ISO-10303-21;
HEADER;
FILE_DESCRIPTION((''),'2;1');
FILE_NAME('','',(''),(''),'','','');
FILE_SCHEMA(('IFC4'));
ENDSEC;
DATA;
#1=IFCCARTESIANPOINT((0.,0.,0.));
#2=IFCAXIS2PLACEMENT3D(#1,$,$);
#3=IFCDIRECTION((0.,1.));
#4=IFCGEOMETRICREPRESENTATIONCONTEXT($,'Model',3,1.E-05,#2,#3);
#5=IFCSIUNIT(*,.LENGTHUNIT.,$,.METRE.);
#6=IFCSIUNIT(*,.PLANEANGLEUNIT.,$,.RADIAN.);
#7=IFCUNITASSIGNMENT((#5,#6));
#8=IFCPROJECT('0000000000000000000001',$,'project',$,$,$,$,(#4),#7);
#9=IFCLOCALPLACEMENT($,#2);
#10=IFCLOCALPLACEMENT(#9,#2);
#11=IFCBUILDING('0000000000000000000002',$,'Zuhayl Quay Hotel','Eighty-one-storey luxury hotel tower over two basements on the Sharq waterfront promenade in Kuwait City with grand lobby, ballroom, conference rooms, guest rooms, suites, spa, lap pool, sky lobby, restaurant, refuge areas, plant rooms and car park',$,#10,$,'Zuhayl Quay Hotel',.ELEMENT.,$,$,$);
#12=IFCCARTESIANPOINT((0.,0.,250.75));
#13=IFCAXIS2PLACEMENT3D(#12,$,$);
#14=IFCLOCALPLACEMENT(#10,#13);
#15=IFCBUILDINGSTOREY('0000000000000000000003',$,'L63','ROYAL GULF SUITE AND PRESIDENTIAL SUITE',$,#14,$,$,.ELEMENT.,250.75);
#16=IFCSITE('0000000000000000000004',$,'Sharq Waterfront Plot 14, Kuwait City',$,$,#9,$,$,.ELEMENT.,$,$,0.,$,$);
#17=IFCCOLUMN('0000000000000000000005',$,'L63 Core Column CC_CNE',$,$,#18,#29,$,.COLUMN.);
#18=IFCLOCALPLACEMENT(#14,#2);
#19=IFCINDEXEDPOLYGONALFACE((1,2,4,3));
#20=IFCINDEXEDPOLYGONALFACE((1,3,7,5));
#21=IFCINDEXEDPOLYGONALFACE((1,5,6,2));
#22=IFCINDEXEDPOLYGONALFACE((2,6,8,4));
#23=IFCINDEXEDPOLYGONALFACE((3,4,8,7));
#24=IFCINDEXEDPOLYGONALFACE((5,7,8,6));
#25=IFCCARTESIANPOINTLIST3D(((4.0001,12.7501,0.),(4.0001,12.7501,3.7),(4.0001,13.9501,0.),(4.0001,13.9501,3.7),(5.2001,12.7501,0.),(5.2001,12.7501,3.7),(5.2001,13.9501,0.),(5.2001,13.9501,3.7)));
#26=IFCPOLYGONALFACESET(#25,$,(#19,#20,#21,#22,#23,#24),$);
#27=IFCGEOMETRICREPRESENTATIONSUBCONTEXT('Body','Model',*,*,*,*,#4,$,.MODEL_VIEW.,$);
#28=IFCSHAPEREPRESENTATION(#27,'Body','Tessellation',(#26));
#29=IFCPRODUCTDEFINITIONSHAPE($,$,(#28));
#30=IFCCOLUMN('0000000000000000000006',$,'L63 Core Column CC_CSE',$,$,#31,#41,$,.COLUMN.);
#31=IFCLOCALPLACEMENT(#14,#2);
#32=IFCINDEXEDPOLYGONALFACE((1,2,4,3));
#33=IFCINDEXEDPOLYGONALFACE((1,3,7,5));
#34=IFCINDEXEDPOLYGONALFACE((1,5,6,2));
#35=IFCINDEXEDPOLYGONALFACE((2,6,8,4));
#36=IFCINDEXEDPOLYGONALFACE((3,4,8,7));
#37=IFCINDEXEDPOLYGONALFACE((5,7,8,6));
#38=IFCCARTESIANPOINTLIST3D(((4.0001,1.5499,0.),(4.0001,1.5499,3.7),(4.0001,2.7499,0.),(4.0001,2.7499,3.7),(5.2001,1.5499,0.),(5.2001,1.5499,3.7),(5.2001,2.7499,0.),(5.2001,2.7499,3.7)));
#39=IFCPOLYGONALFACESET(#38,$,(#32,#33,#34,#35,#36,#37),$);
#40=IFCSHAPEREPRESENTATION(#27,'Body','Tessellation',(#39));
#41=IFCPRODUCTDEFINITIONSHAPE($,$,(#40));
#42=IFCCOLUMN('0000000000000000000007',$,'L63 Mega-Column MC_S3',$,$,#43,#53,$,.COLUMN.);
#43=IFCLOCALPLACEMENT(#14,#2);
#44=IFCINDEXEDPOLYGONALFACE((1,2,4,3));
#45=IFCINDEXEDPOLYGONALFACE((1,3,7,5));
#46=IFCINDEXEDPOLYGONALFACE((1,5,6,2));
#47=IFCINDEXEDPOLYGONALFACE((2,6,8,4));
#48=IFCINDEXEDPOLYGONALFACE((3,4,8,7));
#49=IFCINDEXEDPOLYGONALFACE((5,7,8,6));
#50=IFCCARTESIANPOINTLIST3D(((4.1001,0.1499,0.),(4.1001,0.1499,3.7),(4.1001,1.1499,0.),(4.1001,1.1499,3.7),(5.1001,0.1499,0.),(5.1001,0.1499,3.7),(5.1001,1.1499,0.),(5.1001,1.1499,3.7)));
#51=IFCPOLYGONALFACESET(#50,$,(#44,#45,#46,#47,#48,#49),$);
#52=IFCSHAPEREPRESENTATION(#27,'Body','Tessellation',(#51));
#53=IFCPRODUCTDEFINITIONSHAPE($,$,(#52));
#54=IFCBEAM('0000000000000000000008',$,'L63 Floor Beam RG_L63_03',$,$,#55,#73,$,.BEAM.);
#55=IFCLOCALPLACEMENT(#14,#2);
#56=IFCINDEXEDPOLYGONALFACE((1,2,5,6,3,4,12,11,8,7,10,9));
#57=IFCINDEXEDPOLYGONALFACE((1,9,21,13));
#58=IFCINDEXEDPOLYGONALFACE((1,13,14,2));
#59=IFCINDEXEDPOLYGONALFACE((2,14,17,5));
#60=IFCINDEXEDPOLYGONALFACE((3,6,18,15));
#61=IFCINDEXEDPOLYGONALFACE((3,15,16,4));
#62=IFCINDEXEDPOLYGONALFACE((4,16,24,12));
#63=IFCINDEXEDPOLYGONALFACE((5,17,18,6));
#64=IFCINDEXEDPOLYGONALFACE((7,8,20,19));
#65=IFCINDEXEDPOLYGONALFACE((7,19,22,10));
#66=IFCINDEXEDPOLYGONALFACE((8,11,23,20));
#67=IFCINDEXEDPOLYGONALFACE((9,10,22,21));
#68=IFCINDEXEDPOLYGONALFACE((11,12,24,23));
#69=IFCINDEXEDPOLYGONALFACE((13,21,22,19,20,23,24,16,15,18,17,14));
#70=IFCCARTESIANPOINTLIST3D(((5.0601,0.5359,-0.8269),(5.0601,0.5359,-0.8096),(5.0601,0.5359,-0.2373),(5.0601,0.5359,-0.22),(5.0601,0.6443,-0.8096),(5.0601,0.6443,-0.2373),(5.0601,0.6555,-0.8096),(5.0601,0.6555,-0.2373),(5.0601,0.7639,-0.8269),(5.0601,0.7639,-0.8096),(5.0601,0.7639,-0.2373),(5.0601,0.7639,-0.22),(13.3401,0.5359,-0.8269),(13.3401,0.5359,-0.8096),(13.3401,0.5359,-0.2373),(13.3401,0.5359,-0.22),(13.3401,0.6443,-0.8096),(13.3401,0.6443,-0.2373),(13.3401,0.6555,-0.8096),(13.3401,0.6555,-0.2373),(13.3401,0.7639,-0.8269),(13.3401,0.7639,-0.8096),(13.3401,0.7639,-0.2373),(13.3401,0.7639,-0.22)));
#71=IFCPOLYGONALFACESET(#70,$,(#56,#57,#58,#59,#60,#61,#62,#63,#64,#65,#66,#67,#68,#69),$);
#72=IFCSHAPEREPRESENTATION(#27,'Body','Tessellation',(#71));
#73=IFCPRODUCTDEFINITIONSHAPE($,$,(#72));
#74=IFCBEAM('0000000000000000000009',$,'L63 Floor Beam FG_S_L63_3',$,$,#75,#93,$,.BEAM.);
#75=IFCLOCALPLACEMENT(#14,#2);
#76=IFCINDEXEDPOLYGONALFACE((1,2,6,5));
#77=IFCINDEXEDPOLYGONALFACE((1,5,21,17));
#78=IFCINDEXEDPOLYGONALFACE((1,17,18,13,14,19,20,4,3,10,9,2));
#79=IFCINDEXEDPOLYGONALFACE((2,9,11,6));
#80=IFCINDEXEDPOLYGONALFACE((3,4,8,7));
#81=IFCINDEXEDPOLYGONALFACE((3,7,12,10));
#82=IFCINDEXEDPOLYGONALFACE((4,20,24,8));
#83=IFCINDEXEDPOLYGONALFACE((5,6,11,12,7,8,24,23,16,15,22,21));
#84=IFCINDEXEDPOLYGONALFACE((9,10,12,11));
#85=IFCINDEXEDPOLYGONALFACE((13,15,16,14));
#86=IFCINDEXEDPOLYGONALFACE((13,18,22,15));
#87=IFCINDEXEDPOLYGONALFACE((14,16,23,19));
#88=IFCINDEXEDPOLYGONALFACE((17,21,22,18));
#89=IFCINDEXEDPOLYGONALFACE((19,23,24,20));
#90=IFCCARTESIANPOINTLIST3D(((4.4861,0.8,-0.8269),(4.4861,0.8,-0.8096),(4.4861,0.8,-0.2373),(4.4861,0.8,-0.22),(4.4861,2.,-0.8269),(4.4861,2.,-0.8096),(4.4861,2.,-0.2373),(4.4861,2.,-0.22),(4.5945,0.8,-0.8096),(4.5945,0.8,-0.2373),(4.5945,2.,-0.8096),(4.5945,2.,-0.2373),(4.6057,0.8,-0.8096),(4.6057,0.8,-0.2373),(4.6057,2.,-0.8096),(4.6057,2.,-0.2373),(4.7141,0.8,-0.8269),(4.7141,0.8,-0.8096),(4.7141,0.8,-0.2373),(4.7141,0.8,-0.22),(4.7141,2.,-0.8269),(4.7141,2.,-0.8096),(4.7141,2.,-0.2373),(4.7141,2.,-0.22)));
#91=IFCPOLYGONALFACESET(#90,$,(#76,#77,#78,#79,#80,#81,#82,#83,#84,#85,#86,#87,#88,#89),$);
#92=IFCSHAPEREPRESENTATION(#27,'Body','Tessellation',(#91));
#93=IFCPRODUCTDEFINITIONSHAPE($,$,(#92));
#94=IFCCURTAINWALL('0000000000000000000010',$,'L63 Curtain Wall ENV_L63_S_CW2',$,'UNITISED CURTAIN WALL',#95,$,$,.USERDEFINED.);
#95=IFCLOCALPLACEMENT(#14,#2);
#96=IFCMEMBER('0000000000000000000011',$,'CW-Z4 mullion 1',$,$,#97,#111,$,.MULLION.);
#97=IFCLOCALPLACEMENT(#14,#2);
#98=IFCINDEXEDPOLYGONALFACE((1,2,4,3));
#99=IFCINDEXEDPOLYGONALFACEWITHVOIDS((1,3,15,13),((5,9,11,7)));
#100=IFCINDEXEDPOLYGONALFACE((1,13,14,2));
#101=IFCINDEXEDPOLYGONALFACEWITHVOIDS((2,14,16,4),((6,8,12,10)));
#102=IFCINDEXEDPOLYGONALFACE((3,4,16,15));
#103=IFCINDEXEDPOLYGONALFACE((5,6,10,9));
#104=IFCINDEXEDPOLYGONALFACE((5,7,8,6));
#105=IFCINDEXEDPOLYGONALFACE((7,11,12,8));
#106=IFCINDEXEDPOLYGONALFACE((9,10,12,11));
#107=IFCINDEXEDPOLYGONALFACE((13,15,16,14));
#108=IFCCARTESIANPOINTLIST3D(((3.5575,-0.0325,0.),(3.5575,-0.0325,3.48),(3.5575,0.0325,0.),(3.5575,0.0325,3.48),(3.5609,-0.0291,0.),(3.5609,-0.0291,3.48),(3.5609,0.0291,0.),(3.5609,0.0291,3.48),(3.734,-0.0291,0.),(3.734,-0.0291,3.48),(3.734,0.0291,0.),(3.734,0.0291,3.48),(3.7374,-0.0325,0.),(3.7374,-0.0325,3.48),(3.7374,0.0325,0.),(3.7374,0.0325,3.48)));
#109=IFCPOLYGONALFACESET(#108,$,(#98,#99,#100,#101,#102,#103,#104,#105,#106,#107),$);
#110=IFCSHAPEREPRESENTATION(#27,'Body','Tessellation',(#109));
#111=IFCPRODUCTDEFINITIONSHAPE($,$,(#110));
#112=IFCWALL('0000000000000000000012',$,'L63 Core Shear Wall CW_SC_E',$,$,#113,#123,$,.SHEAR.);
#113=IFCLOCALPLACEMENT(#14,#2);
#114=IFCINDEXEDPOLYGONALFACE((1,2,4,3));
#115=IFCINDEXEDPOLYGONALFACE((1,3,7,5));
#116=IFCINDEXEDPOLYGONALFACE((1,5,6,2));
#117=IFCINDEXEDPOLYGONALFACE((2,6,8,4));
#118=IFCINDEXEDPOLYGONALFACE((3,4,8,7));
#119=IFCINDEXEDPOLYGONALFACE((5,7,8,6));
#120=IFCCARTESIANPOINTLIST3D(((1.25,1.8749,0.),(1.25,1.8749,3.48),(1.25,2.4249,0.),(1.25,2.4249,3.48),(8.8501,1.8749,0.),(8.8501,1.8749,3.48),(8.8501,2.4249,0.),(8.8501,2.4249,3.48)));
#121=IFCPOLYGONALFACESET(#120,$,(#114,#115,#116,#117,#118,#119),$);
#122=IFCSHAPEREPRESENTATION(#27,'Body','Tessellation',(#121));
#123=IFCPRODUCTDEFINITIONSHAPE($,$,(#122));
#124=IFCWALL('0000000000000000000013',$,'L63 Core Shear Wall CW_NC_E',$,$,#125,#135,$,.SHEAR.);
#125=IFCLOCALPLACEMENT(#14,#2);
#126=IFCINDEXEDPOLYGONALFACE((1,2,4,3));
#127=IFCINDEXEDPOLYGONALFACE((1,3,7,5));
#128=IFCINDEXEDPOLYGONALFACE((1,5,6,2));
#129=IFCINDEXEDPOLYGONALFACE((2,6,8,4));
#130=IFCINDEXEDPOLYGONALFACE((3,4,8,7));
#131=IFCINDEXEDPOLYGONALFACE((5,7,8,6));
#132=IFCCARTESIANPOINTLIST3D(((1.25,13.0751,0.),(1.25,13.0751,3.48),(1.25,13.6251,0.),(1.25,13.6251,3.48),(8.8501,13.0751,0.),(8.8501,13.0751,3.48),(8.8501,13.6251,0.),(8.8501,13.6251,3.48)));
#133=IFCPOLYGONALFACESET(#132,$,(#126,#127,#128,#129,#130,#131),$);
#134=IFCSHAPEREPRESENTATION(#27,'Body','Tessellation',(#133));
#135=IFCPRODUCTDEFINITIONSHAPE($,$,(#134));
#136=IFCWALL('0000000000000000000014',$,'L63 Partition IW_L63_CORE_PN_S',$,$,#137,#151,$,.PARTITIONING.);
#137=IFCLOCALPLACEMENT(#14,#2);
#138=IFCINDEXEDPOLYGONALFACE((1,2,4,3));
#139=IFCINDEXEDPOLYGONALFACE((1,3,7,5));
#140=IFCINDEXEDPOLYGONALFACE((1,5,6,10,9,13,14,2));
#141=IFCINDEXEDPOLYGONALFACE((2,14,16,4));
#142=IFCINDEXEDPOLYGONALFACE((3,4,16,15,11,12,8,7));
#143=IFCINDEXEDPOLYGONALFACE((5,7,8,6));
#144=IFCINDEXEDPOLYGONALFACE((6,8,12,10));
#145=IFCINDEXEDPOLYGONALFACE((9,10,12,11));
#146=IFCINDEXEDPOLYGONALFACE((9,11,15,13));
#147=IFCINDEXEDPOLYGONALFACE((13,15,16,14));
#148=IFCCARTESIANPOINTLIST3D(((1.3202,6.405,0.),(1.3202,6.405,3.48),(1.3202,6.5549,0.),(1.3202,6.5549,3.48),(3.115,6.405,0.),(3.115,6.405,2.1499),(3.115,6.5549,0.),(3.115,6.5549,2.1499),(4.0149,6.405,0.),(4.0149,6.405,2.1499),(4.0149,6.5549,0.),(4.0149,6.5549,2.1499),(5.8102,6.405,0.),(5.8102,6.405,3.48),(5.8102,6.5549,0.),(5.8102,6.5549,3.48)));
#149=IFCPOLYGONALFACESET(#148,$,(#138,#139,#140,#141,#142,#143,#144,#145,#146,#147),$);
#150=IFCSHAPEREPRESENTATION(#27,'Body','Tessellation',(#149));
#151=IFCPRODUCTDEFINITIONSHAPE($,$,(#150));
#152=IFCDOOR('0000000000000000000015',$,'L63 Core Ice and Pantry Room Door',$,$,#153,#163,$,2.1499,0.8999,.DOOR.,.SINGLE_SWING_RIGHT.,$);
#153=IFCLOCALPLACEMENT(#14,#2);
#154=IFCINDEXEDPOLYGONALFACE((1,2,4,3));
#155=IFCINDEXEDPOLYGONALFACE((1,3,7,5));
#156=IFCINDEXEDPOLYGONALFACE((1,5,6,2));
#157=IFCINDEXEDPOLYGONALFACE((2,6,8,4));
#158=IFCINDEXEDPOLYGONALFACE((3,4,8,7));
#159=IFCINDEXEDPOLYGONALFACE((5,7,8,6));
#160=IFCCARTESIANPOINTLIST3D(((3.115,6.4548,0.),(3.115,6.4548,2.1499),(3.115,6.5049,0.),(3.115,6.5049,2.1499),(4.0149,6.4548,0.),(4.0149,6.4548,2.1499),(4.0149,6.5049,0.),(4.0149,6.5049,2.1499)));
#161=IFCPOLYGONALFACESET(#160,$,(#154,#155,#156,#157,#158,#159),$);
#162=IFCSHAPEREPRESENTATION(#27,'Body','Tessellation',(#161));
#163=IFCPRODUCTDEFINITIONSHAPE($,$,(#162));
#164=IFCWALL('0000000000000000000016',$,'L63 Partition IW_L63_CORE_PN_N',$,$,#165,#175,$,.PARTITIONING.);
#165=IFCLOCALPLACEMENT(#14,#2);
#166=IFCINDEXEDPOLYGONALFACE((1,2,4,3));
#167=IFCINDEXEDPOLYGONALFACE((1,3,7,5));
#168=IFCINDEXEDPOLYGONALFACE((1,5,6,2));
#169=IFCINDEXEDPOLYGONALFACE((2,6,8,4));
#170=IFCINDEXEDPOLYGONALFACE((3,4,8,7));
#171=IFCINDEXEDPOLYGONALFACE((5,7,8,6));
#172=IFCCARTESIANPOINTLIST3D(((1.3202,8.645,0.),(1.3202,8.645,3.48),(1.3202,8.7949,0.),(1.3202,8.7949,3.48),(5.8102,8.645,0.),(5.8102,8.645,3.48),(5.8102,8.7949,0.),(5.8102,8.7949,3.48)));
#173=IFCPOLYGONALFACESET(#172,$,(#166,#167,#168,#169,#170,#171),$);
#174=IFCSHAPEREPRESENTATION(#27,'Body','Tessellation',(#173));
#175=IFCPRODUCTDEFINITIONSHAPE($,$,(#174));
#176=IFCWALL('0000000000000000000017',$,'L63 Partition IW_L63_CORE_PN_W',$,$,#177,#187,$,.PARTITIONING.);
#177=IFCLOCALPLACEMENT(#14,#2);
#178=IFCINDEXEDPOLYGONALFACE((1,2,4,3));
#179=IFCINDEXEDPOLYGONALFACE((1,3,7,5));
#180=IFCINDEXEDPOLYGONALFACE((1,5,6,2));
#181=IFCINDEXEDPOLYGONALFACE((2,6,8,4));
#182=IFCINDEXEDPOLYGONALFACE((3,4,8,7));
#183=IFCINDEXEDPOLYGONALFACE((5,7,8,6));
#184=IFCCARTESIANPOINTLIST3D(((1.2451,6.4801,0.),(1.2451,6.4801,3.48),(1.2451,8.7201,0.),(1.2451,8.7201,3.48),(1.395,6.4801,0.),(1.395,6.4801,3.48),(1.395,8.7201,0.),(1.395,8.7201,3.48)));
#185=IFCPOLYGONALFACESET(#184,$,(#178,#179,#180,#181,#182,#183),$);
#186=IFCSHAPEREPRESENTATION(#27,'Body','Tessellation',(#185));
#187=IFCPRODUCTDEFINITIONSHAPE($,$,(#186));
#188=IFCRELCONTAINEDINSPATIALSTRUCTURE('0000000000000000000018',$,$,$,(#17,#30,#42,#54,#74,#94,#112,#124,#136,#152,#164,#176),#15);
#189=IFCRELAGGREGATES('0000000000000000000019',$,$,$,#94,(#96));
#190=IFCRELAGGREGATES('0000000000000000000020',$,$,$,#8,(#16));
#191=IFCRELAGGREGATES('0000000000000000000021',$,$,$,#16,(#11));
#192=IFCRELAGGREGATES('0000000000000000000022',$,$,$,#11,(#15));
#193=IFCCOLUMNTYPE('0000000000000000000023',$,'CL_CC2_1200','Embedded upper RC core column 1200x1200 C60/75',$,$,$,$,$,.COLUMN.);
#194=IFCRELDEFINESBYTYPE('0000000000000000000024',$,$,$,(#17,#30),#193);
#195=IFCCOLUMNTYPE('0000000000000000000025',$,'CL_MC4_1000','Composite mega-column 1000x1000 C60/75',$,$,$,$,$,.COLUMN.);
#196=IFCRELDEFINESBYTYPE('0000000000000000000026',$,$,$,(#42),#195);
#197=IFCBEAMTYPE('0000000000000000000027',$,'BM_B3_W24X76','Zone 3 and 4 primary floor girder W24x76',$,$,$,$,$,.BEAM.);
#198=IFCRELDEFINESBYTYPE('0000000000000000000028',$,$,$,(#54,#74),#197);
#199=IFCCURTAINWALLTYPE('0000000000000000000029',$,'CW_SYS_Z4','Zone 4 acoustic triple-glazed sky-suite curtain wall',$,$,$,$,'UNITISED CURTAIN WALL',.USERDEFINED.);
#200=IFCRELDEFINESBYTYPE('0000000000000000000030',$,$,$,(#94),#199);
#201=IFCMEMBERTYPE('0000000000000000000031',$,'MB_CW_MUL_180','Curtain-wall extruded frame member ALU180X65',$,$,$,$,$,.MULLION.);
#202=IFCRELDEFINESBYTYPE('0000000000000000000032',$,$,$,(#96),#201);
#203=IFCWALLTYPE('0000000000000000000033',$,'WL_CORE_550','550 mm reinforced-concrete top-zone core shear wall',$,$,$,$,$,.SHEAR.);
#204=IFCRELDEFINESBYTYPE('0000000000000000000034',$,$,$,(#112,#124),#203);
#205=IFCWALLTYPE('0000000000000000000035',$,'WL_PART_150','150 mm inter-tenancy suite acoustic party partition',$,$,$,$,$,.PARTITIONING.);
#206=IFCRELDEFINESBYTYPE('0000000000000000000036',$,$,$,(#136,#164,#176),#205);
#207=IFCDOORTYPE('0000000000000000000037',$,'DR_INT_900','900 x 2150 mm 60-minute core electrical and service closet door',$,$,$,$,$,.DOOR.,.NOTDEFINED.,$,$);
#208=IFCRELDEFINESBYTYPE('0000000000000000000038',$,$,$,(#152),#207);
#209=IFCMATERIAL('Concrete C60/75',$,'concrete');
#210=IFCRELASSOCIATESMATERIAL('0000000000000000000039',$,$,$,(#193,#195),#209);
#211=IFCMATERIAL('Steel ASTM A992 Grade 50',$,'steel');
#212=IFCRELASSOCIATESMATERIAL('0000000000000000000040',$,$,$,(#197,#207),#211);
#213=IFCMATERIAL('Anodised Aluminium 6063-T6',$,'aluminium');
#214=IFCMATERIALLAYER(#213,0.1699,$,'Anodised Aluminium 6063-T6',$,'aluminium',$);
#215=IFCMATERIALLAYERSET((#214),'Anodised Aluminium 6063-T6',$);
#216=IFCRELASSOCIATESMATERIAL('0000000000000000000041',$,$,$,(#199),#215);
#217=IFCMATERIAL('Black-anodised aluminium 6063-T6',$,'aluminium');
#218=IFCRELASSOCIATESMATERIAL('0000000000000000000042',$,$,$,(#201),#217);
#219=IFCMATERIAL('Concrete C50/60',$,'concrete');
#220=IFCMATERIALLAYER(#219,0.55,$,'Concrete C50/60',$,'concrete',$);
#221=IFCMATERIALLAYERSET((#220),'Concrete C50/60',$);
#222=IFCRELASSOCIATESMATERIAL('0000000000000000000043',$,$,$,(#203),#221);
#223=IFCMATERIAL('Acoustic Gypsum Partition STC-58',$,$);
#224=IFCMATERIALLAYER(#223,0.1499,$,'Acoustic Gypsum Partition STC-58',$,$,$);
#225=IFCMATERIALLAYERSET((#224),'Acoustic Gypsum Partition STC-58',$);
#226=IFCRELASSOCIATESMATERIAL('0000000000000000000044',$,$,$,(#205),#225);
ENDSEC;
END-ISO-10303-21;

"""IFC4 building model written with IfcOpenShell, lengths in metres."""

from ifc_helpers import new_model, si_unit, direction, frame, frame_2d, origin, origin_2d, place, context, subcontext, project, spatial, rectangle, hollow_rectangle, i_section, extrude, material, layer, layer_set, material_profile, profile_set, type_object, element, fill, aggregate, save


model = new_model("IFC4")

# Units and contexts
model_context = context("Model", 3, precision=1e-05, world=origin(), true_north=direction((0.0, 1.0)))
body_context = subcontext(model_context, "Body", "Model", "MODEL_VIEW")
ifc_project = project(units=[si_unit("LENGTHUNIT", "METRE"), si_unit("PLANEANGLEUNIT", "RADIAN")], contexts=[model_context])

# Site, building, storey
site_placement = place(None, origin())
site = spatial("IfcSite", under=ifc_project, at=site_placement, Name="Sharq Waterfront Plot 14, Kuwait City", CompositionType="ELEMENT", RefElevation=0.0)
building_placement = place(site_placement, origin())
building = spatial("IfcBuilding", under=site, at=building_placement, Name="Zuhayl Quay Hotel", Description="Eighty-one-storey luxury hotel tower over two basements on the Sharq waterfront promenade in Kuwait City with grand lobby, ballroom, conference rooms, guest rooms, suites, spa, lap pool, sky lobby, restaurant, refuge areas, plant rooms and car park", LongName="Zuhayl Quay Hotel", CompositionType="ELEMENT")
storey_placement = place(building_placement, frame((0.0, 0.0, 250.75)))
storey = spatial("IfcBuildingStorey", under=building, at=storey_placement, Name="L63", Description="ROYAL GULF SUITE AND PRESIDENTIAL SUITE", CompositionType="ELEMENT", Elevation=250.75)

# Columns
ifc_material_1 = material(Name="Concrete C60/75", Category="concrete")
ifc_material_profile_1 = material_profile(ifc_material_1, rectangle(XDim=1.2, YDim=1.2, at=origin_2d()), Name="RC1200X1200")
ifc_profile_set_1 = profile_set([ifc_material_profile_1], Name="Concrete C60/75")
column_type_1 = type_object("IfcColumnType", Name="CL_CC2_1200", Description="Embedded upper RC core column 1200x1200 C60/75", PredefinedType="COLUMN", material=ifc_profile_set_1)
for number, where, z_axis, x_axis, name in (
    (1, (4.6001, 13.3501, 0.0), (0.0, 0.0, 1.0), (1.0, 0.0, 0.0), "L63 Core Column CC_CNE"),
    (2, (4.6001, 2.1499, 0.0), (0.0, 0.0, 1.0), (1.0, 0.0, 0.0), "L63 Core Column CC_CSE"),
):
    element("IfcColumn", number, at=place(storey_placement, frame(where, z_axis=z_axis, x_axis=x_axis)), inside=storey, type_object=column_type_1, Name=name, PredefinedType="COLUMN", context=body_context, shape_type="SweptSolid", body=[
        extrude(rectangle(XDim=1.2, YDim=1.2, at=origin_2d()), origin(), (0.0, 0.0, 1.0), 3.7),
    ])
ifc_material_profile_2 = material_profile(ifc_material_1, rectangle(XDim=1.0, YDim=1.0, at=origin_2d()), Name="RC1000X1000")
ifc_profile_set_2 = profile_set([ifc_material_profile_2], Name="Concrete C60/75")
column_type_2 = type_object("IfcColumnType", Name="CL_MC4_1000", Description="Composite mega-column 1000x1000 C60/75", PredefinedType="COLUMN", material=ifc_profile_set_2)
column_placement = place(storey_placement, frame((4.6001, 0.6499, 0.0), z_axis=(0.0, 0.0, 1.0), x_axis=(1.0, 0.0, 0.0)))
element("IfcColumn", 3, at=column_placement, inside=storey, type_object=column_type_2, Name="L63 Mega-Column MC_S3", PredefinedType="COLUMN", context=body_context, shape_type="SweptSolid", body=[
    extrude(rectangle(XDim=1.0, YDim=1.0, at=origin_2d()), origin(), (0.0, 0.0, 1.0), 3.7),
])

# Beams
ifc_material_2 = material(Name="Steel ASTM A992 Grade 50", Category="steel")
ifc_material_profile_3 = material_profile(ifc_material_2, i_section(OverallWidth=0.228, OverallDepth=0.6069, WebThickness=0.0112, FlangeThickness=0.0173, at=origin_2d()), Name="W24X76")
ifc_profile_set_3 = profile_set([ifc_material_profile_3], Name="Steel ASTM A992 Grade 50")
beam_type = type_object("IfcBeamType", Name="BM_B3_W24X76", Description="Zone 3 and 4 primary floor girder W24x76", PredefinedType="BEAM", material=ifc_profile_set_3)
beam_1_placement = place(storey_placement, frame((5.0601, 0.6499, -0.5234), z_axis=(1.0, 0.0, 0.0), x_axis=(0.0, 1.0, 0.0)))
element("IfcBeam", 4, at=beam_1_placement, inside=storey, type_object=beam_type, Name="L63 Floor Beam RG_L63_03", PredefinedType="BEAM", context=body_context, shape_type="SweptSolid", body=[
    extrude(i_section(OverallWidth=0.228, OverallDepth=0.6069, WebThickness=0.0112, FlangeThickness=0.0173, at=origin_2d()), origin(), (0.0, 0.0, 1.0), 8.28),
])
beam_2_placement = place(storey_placement, frame((4.6001, 0.8, -0.5234), z_axis=(0.0, 1.0, 0.0), x_axis=(-1.0, 0.0, 0.0)))
element("IfcBeam", 5, at=beam_2_placement, inside=storey, type_object=beam_type, Name="L63 Floor Beam FG_S_L63_3", PredefinedType="BEAM", context=body_context, shape_type="SweptSolid", body=[
    extrude(i_section(OverallWidth=0.228, OverallDepth=0.6069, WebThickness=0.0112, FlangeThickness=0.0173, at=origin_2d()), origin(), (0.0, 0.0, 1.0), 1.2),
])

# Curtain wall, member
ifc_material_3 = material(Name="Anodised Aluminium 6063-T6", Category="aluminium")
ifc_layer_1 = layer(ifc_material_3, 0.1699, Name="Anodised Aluminium 6063-T6", Category="aluminium")
ifc_layer_set_1 = layer_set([ifc_layer_1], Name="Anodised Aluminium 6063-T6")
curtain_wall_type = type_object("IfcCurtainWallType", Name="CW_SYS_Z4", Description="Zone 4 acoustic triple-glazed sky-suite curtain wall", ElementType="UNITISED CURTAIN WALL", PredefinedType="USERDEFINED", material=ifc_layer_set_1)
curtain_wall_placement = place(storey_placement, origin())
curtain_wall = element("IfcCurtainWall", 6, at=curtain_wall_placement, inside=storey, type_object=curtain_wall_type, Name="L63 Curtain Wall ENV_L63_S_CW2", ObjectType="UNITISED CURTAIN WALL", PredefinedType="USERDEFINED")
ifc_material_4 = material(Name="Black-anodised aluminium 6063-T6", Category="aluminium")
ifc_material_profile_4 = material_profile(ifc_material_4, hollow_rectangle(XDim=0.0649, YDim=0.1799, WallThickness=0.0034, at=origin_2d()), Name="ALU180X65")
ifc_profile_set_4 = profile_set([ifc_material_profile_4], Name="Black-anodised aluminium 6063-T6")
member_type = type_object("IfcMemberType", Name="MB_CW_MUL_180", Description="Curtain-wall extruded frame member ALU180X65", PredefinedType="MULLION", material=ifc_profile_set_4)
member_placement = place(storey_placement, frame((3.6475, 0.0, 0.0), z_axis=(0.0, 0.0, 1.0), x_axis=(0.0, -1.0, 0.0)))
member = element("IfcMember", 7, at=member_placement, type_object=member_type, Name="CW-Z4 mullion 1", PredefinedType="MULLION", context=body_context, shape_type="SweptSolid", body=[
    extrude(hollow_rectangle(XDim=0.0649, YDim=0.1799, WallThickness=0.0034, at=origin_2d()), origin(), (0.0, 0.0, 1.0), 3.48),
])
aggregate(curtain_wall, [member])

# Walls
ifc_material_5 = material(Name="Concrete C50/60", Category="concrete")
ifc_layer_2 = layer(ifc_material_5, 0.55, Name="Concrete C50/60", Category="concrete")
ifc_layer_set_2 = layer_set([ifc_layer_2], Name="Concrete C50/60")
wall_type_1 = type_object("IfcWallType", Name="WL_CORE_550", Description="550 mm reinforced-concrete top-zone core shear wall", PredefinedType="SHEAR", material=ifc_layer_set_2)
for number, where, z_axis, x_axis, name in (
    (8, (1.25, 2.1499, 0.0), (0.0, 0.0, 1.0), (1.0, 0.0, 0.0), "L63 Core Shear Wall CW_SC_E"),
    (9, (1.25, 13.3501, 0.0), (0.0, 0.0, 1.0), (1.0, 0.0, 0.0), "L63 Core Shear Wall CW_NC_E"),
):
    element("IfcWall", number, at=place(storey_placement, frame(where, z_axis=z_axis, x_axis=x_axis)), inside=storey, type_object=wall_type_1, Name=name, PredefinedType="SHEAR", context=body_context, shape_type="SweptSolid", body=[
        extrude(rectangle(XDim=7.6001, YDim=0.55, at=frame_2d((3.8, 0.0))), origin(), (0.0, 0.0, 1.0), 3.48),
    ])

# Wall, opening, door
ifc_material_6 = material(Name="Acoustic Gypsum Partition STC-58")
ifc_layer_3 = layer(ifc_material_6, 0.1499, Name="Acoustic Gypsum Partition STC-58")
ifc_layer_set_3 = layer_set([ifc_layer_3], Name="Acoustic Gypsum Partition STC-58")
wall_type_2 = type_object("IfcWallType", Name="WL_PART_150", Description="150 mm inter-tenancy suite acoustic party partition", PredefinedType="PARTITIONING", material=ifc_layer_set_3)
wall_1_placement = place(storey_placement, frame((1.3201, 6.48, 0.0), z_axis=(0.0, 0.0, 1.0), x_axis=(1.0, 0.0, 0.0)))
wall_1 = element("IfcWall", 10, at=wall_1_placement, inside=storey, type_object=wall_type_2, Name="L63 Partition IW_L63_CORE_PN_S", PredefinedType="PARTITIONING", context=body_context, shape_type="SweptSolid", body=[
    extrude(rectangle(XDim=4.49, YDim=0.1499, at=frame_2d((2.2451, 0.0))), origin(), (0.0, 0.0, 1.0), 3.48),
])
opening_1_placement = place(wall_1_placement, frame((1.7949, 0.0, 0.0)))
opening_1 = element("IfcOpeningElement", 11, at=opening_1_placement, cuts=wall_1, PredefinedType="OPENING", context=body_context, shape_type="SweptSolid", body=[
    extrude(rectangle(XDim=0.8999, YDim=2.1499, at=frame_2d((0.45, 1.075))), frame((0.0, 0.085, 0.0), z_axis=(0.0, -1.0, 0.0), x_axis=(1.0, 0.0, 0.0)), (0.0, 0.0, 1.0), 0.1699),
])
door_type_1 = type_object("IfcDoorType", Name="DR_INT_900", Description="900 x 2150 mm 60-minute core electrical and service closet door", OperationType="NOTDEFINED", PredefinedType="DOOR", material=ifc_material_2)
door_1_placement = place(opening_1_placement, origin())
door_1 = element("IfcDoor", 12, at=door_1_placement, inside=storey, type_object=door_type_1, Name="L63 Core Ice and Pantry Room Door", OperationType="SINGLE_SWING_RIGHT", OverallHeight=2.1499, OverallWidth=0.8999, PredefinedType="DOOR", context=body_context, shape_type="SweptSolid", body=[
    extrude(rectangle(XDim=0.8999, YDim=2.1499, at=frame_2d((0.45, 1.075))), frame((0.0, 0.0249, 0.0), z_axis=(0.0, -1.0, 0.0), x_axis=(1.0, 0.0, 0.0)), (0.0, 0.0, 1.0), 0.05),
])
fill(opening_1, door_1)

# Walls
wall_2_placement = place(storey_placement, frame((1.3201, 8.72, 0.0), z_axis=(0.0, 0.0, 1.0), x_axis=(1.0, 0.0, 0.0)))
element("IfcWall", 13, at=wall_2_placement, inside=storey, type_object=wall_type_2, Name="L63 Partition IW_L63_CORE_PN_N", PredefinedType="PARTITIONING", context=body_context, shape_type="SweptSolid", body=[
    extrude(rectangle(XDim=4.49, YDim=0.1499, at=frame_2d((2.2451, 0.0))), origin(), (0.0, 0.0, 1.0), 3.48),
])
wall_3_placement = place(storey_placement, frame((1.3201, 6.48, 0.0), z_axis=(0.0, 0.0, 1.0), x_axis=(0.0, 1.0, 0.0)))
element("IfcWall", 14, at=wall_3_placement, inside=storey, type_object=wall_type_2, Name="L63 Partition IW_L63_CORE_PN_W", PredefinedType="PARTITIONING", context=body_context, shape_type="SweptSolid", body=[
    extrude(rectangle(XDim=2.24, YDim=0.1499, at=frame_2d((1.1201, 0.0))), origin(), (0.0, 0.0, 1.0), 3.48),
])

save(model, "model.ifc")
